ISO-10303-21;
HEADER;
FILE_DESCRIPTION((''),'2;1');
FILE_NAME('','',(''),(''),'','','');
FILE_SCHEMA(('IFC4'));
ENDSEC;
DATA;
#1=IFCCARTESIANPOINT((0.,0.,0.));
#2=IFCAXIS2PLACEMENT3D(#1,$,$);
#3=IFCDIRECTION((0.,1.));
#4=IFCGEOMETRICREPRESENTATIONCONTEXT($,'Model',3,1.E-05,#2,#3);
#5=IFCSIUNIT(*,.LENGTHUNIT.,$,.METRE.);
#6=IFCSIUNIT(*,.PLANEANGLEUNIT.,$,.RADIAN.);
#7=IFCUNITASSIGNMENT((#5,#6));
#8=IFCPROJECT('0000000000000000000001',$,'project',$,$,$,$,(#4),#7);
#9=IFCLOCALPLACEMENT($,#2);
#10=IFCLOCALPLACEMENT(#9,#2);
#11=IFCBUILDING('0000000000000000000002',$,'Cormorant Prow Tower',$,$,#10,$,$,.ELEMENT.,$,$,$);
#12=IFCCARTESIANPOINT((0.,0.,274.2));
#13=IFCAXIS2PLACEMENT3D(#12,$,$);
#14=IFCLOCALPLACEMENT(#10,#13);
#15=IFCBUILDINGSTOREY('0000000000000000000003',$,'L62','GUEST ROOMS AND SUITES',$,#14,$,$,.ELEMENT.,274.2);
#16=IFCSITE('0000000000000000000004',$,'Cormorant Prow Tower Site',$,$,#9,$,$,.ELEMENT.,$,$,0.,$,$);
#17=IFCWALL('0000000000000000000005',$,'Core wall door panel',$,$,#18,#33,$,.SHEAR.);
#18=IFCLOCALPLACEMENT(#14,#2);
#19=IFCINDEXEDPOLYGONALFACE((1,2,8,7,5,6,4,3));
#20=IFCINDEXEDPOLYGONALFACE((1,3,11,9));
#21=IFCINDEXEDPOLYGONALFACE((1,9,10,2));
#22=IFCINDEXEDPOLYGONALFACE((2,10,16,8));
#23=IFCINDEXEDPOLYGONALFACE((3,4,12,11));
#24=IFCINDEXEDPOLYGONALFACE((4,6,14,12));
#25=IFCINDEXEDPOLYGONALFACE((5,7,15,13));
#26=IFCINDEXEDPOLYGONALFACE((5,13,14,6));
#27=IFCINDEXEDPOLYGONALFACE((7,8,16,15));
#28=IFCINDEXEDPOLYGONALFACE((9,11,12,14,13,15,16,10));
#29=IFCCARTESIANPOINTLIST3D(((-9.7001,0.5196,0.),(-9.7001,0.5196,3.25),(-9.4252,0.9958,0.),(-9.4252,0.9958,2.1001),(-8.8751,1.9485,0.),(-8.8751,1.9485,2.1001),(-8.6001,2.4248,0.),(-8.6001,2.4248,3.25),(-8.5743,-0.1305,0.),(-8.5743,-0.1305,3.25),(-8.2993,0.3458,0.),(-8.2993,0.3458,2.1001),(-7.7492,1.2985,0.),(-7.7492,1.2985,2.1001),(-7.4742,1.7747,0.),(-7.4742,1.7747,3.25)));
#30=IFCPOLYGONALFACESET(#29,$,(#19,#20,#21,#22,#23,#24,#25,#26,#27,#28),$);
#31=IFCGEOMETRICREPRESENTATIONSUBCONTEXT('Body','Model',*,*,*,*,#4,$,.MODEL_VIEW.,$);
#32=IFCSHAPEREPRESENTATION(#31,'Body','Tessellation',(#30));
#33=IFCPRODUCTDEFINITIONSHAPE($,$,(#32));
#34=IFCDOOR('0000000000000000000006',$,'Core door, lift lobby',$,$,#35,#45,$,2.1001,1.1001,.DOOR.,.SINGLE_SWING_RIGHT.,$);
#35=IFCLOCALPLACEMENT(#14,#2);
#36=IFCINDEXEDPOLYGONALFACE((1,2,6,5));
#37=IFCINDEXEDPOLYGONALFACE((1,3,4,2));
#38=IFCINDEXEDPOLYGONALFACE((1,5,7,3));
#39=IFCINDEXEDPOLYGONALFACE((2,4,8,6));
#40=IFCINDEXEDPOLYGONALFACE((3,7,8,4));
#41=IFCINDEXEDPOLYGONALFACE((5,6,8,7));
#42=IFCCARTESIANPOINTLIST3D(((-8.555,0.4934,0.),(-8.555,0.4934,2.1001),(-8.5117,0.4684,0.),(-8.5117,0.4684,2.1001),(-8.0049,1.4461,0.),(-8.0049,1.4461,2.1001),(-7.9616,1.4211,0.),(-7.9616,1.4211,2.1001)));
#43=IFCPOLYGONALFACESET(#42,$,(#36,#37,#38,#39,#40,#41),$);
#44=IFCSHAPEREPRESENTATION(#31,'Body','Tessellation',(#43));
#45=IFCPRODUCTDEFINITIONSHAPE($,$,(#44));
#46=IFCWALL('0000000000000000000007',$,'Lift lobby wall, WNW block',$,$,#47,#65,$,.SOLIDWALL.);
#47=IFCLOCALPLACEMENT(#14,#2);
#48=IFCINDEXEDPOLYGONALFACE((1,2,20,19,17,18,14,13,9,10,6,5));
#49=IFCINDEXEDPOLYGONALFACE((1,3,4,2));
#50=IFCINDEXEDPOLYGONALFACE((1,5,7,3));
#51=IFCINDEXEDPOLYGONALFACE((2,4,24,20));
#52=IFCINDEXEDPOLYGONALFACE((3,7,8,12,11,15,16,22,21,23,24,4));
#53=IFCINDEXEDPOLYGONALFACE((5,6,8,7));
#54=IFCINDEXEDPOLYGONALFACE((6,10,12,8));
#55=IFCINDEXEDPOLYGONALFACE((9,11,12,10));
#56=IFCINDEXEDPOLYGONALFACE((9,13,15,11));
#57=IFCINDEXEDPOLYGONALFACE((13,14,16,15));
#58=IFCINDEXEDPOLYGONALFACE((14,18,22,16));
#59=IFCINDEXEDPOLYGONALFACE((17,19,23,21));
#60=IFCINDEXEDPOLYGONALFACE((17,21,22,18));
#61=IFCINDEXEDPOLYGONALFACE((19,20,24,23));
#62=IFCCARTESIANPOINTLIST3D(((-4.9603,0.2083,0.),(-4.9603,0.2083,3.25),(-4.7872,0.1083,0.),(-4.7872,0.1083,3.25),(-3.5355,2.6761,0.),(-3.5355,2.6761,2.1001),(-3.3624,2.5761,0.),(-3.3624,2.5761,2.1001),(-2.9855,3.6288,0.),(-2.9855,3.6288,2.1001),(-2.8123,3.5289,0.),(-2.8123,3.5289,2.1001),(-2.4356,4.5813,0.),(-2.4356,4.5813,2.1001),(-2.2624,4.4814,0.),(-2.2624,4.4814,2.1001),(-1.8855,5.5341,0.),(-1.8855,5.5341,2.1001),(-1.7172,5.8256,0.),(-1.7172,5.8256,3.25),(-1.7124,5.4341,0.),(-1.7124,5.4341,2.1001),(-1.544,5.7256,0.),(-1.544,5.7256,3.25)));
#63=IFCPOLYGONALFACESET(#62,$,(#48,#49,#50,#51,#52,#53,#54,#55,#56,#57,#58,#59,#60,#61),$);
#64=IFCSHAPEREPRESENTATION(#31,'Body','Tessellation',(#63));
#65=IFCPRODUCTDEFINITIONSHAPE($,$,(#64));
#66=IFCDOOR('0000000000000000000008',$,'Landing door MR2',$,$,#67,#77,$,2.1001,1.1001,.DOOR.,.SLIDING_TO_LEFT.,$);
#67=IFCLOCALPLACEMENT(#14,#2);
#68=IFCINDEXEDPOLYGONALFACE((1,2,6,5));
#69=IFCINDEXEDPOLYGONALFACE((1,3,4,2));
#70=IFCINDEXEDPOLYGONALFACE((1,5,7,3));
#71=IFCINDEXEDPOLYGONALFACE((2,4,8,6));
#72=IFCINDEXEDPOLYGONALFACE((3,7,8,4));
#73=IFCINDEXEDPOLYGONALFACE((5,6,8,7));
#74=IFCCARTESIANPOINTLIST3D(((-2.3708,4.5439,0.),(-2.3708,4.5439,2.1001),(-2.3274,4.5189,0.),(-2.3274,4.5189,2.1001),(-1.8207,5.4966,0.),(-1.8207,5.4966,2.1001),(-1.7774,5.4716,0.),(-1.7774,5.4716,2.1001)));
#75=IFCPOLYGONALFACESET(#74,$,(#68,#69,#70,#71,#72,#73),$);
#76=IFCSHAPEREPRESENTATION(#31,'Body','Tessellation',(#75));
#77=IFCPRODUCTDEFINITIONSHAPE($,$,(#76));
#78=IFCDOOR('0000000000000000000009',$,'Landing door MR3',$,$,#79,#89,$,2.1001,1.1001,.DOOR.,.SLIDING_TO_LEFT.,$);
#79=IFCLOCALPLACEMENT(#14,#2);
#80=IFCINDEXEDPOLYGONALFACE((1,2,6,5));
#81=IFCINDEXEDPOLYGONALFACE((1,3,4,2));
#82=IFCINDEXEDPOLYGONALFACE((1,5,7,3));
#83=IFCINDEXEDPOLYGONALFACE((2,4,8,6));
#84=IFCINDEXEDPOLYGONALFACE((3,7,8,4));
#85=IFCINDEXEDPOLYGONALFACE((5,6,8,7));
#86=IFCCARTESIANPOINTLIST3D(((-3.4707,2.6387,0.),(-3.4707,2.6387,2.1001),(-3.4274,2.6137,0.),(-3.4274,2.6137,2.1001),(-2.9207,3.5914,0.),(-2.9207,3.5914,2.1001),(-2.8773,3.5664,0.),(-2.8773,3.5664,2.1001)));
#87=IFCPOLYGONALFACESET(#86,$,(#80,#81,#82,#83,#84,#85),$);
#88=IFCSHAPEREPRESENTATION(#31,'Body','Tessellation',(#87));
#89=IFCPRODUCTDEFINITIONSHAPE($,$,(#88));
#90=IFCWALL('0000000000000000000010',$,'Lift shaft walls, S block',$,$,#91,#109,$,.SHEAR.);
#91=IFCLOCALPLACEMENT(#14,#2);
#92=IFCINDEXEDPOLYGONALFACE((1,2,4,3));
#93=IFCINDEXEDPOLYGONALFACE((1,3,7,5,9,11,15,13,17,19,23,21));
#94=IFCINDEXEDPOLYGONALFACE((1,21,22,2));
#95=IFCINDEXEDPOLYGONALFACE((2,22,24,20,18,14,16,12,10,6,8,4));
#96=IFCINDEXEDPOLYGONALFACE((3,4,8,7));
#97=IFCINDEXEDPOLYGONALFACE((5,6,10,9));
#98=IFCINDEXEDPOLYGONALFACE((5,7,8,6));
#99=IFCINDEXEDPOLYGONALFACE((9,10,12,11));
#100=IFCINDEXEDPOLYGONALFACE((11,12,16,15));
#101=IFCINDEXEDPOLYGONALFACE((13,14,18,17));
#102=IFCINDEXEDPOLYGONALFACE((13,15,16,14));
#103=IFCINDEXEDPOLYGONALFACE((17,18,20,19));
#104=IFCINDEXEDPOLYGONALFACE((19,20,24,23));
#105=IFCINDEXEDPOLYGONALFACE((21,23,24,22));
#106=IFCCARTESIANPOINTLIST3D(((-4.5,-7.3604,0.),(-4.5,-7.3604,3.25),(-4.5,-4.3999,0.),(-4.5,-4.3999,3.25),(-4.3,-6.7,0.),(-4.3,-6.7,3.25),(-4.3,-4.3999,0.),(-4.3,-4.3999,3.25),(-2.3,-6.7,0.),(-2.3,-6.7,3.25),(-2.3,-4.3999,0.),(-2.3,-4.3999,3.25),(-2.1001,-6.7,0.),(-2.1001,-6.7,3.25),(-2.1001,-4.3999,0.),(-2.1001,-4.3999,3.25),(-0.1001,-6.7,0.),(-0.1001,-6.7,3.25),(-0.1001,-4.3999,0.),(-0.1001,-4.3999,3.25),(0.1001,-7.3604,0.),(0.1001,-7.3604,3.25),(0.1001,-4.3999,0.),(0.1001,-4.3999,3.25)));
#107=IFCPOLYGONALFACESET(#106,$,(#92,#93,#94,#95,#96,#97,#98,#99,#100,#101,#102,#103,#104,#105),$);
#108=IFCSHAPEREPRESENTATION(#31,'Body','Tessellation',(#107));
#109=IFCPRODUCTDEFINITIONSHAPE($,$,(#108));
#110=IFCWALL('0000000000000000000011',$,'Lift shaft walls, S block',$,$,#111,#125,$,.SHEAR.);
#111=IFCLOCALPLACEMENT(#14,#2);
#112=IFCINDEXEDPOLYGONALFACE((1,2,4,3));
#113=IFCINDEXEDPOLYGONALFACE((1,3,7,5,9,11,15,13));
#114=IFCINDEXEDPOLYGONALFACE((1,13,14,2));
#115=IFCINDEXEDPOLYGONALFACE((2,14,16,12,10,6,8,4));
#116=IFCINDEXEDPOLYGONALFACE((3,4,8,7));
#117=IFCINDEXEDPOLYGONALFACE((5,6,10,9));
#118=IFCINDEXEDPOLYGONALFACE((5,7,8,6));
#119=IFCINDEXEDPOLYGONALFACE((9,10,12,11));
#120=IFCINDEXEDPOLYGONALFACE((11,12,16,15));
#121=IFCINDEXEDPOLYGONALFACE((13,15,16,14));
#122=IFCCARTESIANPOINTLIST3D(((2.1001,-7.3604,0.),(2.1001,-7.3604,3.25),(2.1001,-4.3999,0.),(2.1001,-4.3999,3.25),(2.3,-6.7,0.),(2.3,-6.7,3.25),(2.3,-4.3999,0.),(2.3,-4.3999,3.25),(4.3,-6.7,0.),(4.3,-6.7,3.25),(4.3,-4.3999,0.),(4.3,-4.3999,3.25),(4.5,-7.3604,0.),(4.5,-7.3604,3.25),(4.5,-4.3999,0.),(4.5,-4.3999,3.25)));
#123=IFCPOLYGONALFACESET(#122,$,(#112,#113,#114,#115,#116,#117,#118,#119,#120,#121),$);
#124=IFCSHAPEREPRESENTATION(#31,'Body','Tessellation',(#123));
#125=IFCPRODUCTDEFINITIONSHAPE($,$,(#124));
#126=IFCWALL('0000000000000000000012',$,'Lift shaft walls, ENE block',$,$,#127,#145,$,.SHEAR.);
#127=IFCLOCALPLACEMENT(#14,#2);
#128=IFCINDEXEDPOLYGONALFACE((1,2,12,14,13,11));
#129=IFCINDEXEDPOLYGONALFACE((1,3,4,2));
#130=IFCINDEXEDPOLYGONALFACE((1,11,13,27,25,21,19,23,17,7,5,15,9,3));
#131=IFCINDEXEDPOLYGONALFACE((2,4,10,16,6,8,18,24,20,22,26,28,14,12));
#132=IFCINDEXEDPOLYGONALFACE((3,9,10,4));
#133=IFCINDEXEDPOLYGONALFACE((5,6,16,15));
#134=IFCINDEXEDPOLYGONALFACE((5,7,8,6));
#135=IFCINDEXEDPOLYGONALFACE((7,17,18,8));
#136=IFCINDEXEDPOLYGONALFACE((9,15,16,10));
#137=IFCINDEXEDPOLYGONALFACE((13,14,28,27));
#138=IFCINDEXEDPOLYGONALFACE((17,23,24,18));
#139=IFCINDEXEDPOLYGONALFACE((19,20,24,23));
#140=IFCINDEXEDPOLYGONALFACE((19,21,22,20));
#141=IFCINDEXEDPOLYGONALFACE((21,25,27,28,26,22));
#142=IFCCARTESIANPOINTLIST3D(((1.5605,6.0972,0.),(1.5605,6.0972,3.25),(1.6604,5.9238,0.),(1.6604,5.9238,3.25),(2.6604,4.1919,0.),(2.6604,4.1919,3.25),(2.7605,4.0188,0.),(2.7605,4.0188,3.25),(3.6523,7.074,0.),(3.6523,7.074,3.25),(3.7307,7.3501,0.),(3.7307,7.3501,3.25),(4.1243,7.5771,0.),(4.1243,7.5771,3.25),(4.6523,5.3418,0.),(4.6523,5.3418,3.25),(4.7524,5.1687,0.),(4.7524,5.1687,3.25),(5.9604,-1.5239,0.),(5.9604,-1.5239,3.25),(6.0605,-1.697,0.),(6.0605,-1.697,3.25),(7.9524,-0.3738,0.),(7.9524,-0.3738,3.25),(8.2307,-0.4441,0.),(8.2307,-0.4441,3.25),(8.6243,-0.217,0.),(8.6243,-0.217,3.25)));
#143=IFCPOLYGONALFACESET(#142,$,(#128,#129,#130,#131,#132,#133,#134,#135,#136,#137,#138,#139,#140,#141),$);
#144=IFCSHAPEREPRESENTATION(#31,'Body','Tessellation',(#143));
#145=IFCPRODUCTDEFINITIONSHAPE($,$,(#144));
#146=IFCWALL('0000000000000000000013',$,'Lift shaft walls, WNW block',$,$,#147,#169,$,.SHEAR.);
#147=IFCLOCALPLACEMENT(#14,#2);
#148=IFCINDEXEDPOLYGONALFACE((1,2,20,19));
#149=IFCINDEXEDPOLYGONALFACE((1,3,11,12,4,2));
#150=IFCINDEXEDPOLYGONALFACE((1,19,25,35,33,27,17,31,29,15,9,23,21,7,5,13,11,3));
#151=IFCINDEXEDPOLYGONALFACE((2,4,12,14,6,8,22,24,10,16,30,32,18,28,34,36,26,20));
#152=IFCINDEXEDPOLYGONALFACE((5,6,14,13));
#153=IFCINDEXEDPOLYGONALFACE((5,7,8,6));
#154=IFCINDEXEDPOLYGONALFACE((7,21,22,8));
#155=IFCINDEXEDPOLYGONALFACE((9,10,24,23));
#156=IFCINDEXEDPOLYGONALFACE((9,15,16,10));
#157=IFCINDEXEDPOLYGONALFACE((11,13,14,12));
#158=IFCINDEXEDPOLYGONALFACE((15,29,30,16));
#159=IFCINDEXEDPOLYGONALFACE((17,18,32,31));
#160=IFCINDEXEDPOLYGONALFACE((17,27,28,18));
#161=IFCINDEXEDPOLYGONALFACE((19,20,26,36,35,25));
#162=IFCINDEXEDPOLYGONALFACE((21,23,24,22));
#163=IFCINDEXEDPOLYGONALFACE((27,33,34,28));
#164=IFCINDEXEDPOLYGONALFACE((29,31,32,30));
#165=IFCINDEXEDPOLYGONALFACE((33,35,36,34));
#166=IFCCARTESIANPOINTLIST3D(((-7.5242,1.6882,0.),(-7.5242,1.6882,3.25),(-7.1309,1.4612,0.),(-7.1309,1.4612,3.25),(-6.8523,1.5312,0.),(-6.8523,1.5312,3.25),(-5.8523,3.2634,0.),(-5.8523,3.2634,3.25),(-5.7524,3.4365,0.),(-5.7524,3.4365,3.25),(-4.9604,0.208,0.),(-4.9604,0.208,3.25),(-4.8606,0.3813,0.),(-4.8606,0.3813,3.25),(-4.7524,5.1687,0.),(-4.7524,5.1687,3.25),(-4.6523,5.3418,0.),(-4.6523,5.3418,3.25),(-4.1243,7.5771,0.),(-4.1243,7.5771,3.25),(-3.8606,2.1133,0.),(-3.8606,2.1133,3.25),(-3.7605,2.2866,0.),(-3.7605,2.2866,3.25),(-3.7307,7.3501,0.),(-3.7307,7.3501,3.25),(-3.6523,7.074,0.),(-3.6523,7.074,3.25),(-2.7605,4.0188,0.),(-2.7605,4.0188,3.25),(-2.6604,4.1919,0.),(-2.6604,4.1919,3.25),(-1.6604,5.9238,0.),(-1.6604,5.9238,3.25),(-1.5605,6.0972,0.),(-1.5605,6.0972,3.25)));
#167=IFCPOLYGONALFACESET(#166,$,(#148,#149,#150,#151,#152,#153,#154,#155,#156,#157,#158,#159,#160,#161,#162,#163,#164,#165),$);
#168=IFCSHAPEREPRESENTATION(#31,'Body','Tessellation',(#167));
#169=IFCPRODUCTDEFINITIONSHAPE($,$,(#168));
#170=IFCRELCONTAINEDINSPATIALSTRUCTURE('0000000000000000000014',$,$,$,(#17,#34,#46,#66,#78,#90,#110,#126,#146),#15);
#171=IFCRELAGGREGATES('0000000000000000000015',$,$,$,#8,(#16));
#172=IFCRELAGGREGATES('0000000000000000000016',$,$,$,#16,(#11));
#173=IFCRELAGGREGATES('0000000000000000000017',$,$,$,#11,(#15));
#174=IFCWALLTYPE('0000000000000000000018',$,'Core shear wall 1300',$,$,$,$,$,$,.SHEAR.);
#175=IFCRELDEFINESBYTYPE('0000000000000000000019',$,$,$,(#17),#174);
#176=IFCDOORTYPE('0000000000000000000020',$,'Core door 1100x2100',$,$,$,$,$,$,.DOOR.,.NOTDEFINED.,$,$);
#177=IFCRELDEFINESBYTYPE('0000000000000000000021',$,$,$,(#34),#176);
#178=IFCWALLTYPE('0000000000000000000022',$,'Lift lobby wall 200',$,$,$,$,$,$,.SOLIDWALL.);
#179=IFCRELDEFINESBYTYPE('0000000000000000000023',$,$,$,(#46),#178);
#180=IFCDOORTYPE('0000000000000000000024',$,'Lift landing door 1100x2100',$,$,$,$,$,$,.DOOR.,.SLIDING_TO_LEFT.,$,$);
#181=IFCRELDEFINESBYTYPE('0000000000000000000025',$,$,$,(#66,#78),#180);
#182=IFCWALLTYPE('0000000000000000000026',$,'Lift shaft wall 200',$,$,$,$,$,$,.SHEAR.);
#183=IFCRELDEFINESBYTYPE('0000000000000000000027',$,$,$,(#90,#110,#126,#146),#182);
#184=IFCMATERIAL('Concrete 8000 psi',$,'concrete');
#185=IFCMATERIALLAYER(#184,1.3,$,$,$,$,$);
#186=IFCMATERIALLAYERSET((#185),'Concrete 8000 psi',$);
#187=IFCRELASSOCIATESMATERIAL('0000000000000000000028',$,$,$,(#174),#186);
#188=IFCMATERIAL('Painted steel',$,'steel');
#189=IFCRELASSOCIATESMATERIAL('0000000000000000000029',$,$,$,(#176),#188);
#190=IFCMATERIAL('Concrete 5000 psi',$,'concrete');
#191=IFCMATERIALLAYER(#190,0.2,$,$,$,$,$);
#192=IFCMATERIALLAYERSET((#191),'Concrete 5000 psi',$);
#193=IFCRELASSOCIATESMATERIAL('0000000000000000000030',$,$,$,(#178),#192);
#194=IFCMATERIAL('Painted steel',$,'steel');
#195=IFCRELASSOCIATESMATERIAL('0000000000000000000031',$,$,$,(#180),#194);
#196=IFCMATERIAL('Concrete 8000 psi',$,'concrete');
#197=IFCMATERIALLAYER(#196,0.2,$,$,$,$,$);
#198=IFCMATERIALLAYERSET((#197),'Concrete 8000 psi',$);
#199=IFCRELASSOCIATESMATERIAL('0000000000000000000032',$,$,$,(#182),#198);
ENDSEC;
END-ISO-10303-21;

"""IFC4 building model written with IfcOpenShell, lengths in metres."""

from ifc_helpers import new_model, si_unit, direction, frame, frame_2d, origin, place, context, subcontext, project, spatial, polyline, rectangle, outline, extrude, material, layer, layer_set, type_object, element, fill, save


model = new_model("IFC4")

# Units and contexts
model_context = context("Model", 3, precision=1e-05, world=origin(), true_north=direction((0.0, 1.0)))
body_context = subcontext(model_context, "Body", "Model", "MODEL_VIEW")
ifc_project = project(units=[si_unit("LENGTHUNIT", "METRE"), si_unit("PLANEANGLEUNIT", "RADIAN")], contexts=[model_context])

# Site, building, storey
site_placement = place(None, origin())
site = spatial("IfcSite", under=ifc_project, at=site_placement, Name="Cormorant Prow Tower Site", CompositionType="ELEMENT", RefElevation=0.0)
building_placement = place(site_placement, origin())
building = spatial("IfcBuilding", under=site, at=building_placement, Name="Cormorant Prow Tower", CompositionType="ELEMENT")
storey_placement = place(building_placement, frame((0.0, 0.0, 274.2)))
storey = spatial("IfcBuildingStorey", under=building, at=storey_placement, Name="L62", Description="GUEST ROOMS AND SUITES", CompositionType="ELEMENT", Elevation=274.2)

# Shared definitions
ifc_material_1 = material(Name="Concrete 8000 psi", Category="concrete")
ifc_layer_1 = layer(ifc_material_1, 1.3)
ifc_layer_set_1 = layer_set([ifc_layer_1], Name="Concrete 8000 psi")
wall_type_1 = type_object("IfcWallType", Name="Core shear wall 1300", PredefinedType="SHEAR", material=ifc_layer_set_1)

# Wall, opening, door
wall_1_placement = place(storey_placement, frame((-8.0371, 2.0999, 0.0), z_axis=(0.0, 0.0, 1.0), x_axis=(-0.50003, -0.866008, 0.0)))
wall_1 = element("IfcWall", 1, at=wall_1_placement, inside=storey, type_object=wall_type_1, Name="Core wall door panel", PredefinedType="SHEAR", context=body_context, shape_type="SweptSolid", body=[
    extrude(rectangle(XDim=2.2, YDim=1.3, at=frame_2d((1.1001, 0.0))), origin(), (0.0, 0.0, 1.0), 3.25),
])
opening_1_placement = place(wall_1_placement, frame((0.55, 0.0, 0.0)))
opening_1 = element("IfcOpeningElement", 2, at=opening_1_placement, cuts=wall_1, PredefinedType="OPENING", context=body_context, shape_type="SweptSolid", body=[
    extrude(rectangle(XDim=1.1001, YDim=2.1001, at=frame_2d((0.55, 1.05))), frame((0.0, 0.6599, 0.0), z_axis=(0.0, -1.0, 0.0), x_axis=(1.0, 0.0, 0.0)), (0.0, 0.0, 1.0), 1.3201),
])
ifc_material_2 = material(Name="Painted steel", Category="steel")
door_type_1 = type_object("IfcDoorType", Name="Core door 1100x2100", OperationType="NOTDEFINED", PredefinedType="DOOR", material=ifc_material_2)
door_1_placement = place(opening_1_placement, origin())
door_1 = element("IfcDoor", 3, at=door_1_placement, inside=storey, type_object=door_type_1, Name="Core door, lift lobby", OperationType="SINGLE_SWING_RIGHT", OverallHeight=2.1001, OverallWidth=1.1001, PredefinedType="DOOR", context=body_context, shape_type="SweptSolid", body=[
    extrude(rectangle(XDim=1.1001, YDim=2.1001, at=frame_2d((0.55, 1.05))), frame((0.0, 0.4048, 0.0), z_axis=(0.0, -1.0, 0.0), x_axis=(1.0, 0.0, 0.0)), (0.0, 0.0, 1.0), 0.05),
])
fill(opening_1, door_1)

# Wall, openings, doors
ifc_material_3 = material(Name="Concrete 5000 psi", Category="concrete")
ifc_layer_2 = layer(ifc_material_3, 0.2)
ifc_layer_set_2 = layer_set([ifc_layer_2], Name="Concrete 5000 psi")
wall_type_2 = type_object("IfcWallType", Name="Lift lobby wall 200", PredefinedType="SOLIDWALL", material=ifc_layer_set_2)
wall_2_placement = place(storey_placement, frame((-1.6306, 5.7756, 0.0), z_axis=(0.0, 0.0, 1.0), x_axis=(-0.499993, -0.86603, 0.0)))
wall_2 = element("IfcWall", 4, at=wall_2_placement, inside=storey, type_object=wall_type_2, Name="Lift lobby wall, WNW block", PredefinedType="SOLIDWALL", context=body_context, shape_type="SweptSolid", body=[
    extrude(rectangle(XDim=6.4863, YDim=0.2, at=frame_2d((3.2432, 0.0))), origin(), (0.0, 0.0, 1.0), 3.25),
])
opening_2_placement = place(wall_2_placement, frame((0.3367, 0.0, 0.0)))
opening_2 = element("IfcOpeningElement", 5, at=opening_2_placement, cuts=wall_2, PredefinedType="OPENING", context=body_context, shape_type="SweptSolid", body=[
    extrude(rectangle(XDim=1.1001, YDim=2.1001, at=frame_2d((0.55, 1.05))), frame((0.0, 0.1099, 0.0), z_axis=(0.0, -1.0, 0.0), x_axis=(1.0, 0.0, 0.0)), (0.0, 0.0, 1.0), 0.22),
])
opening_3_placement = place(wall_2_placement, frame((2.5366, 0.0, 0.0)))
opening_3 = element("IfcOpeningElement", 6, at=opening_3_placement, cuts=wall_2, PredefinedType="OPENING", context=body_context, shape_type="SweptSolid", body=[
    extrude(rectangle(XDim=1.1001, YDim=2.1001, at=frame_2d((0.55, 1.05))), frame((0.0, 0.1099, 0.0), z_axis=(0.0, -1.0, 0.0), x_axis=(1.0, 0.0, 0.0)), (0.0, 0.0, 1.0), 0.22),
])
ifc_material_4 = material(Name="Painted steel", Category="steel")
door_type_2 = type_object("IfcDoorType", Name="Lift landing door 1100x2100", OperationType="SLIDING_TO_LEFT", PredefinedType="DOOR", material=ifc_material_4)
door_2_placement = place(opening_2_placement, origin())
door_2 = element("IfcDoor", 7, at=door_2_placement, inside=storey, type_object=door_type_2, Name="Landing door MR2", OperationType="SLIDING_TO_LEFT", OverallHeight=2.1001, OverallWidth=1.1001, PredefinedType="DOOR", context=body_context, shape_type="SweptSolid", body=[
    extrude(rectangle(XDim=1.1001, YDim=2.1001, at=frame_2d((0.55, 1.05))), frame((0.0, 0.0249, 0.0), z_axis=(0.0, -1.0, 0.0), x_axis=(1.0, 0.0, 0.0)), (0.0, 0.0, 1.0), 0.05),
])
fill(opening_2, door_2)
door_3_placement = place(opening_3_placement, origin())
door_3 = element("IfcDoor", 8, at=door_3_placement, inside=storey, type_object=door_type_2, Name="Landing door MR3", OperationType="SLIDING_TO_LEFT", OverallHeight=2.1001, OverallWidth=1.1001, PredefinedType="DOOR", context=body_context, shape_type="SweptSolid", body=[
    extrude(rectangle(XDim=1.1001, YDim=2.1001, at=frame_2d((0.55, 1.05))), frame((0.0, 0.0249, 0.0), z_axis=(0.0, -1.0, 0.0), x_axis=(1.0, 0.0, 0.0)), (0.0, 0.0, 1.0), 0.05),
])
fill(opening_3, door_3)

# Walls
ifc_material_5 = material(Name="Concrete 8000 psi", Category="concrete")
ifc_layer_3 = layer(ifc_material_5, 0.2)
ifc_layer_set_3 = layer_set([ifc_layer_3], Name="Concrete 8000 psi")
wall_type_3 = type_object("IfcWallType", Name="Lift shaft wall 200", PredefinedType="SHEAR", material=ifc_layer_set_3)
wall_3_placement = place(storey_placement, origin())
element("IfcWall", 9, at=wall_3_placement, inside=storey, type_object=wall_type_3, Name="Lift shaft walls, S block", PredefinedType="SHEAR", context=body_context, shape_type="SweptSolid", body=[
    extrude(outline(polyline([(0.1001, -7.3604), (-4.5, -7.3604), (-4.5, -4.3999), (-4.3, -4.3999), (-4.3, -6.7), (-2.3, -6.7), (-2.3, -4.3999), (-2.1001, -4.3999), (-2.1001, -6.7), (-0.1001, -6.7), (-0.1001, -4.3999), (0.1001, -4.3999), (0.1001, -7.3604)])), origin(), (0.0, 0.0, 1.0), 3.25),
])
wall_4_placement = place(storey_placement, origin())
element("IfcWall", 10, at=wall_4_placement, inside=storey, type_object=wall_type_3, Name="Lift shaft walls, S block", PredefinedType="SHEAR", context=body_context, shape_type="SweptSolid", body=[
    extrude(outline(polyline([(2.1001, -7.3604), (2.1001, -4.3999), (2.3, -4.3999), (2.3, -6.7), (4.3, -6.7), (4.3, -4.3999), (4.5, -4.3999), (4.5, -7.3604), (2.1001, -7.3604)])), origin(), (0.0, 0.0, 1.0), 3.25),
])
wall_5_placement = place(storey_placement, origin())
element("IfcWall", 11, at=wall_5_placement, inside=storey, type_object=wall_type_3, Name="Lift shaft walls, ENE block", PredefinedType="SHEAR", context=body_context, shape_type="SweptSolid", body=[
    extrude(outline(polyline([(4.1243, 7.5771), (8.6243, -0.217), (8.2307, -0.4441), (6.0605, -1.697), (5.9604, -1.5239), (7.9524, -0.3738), (4.7524, 5.1687), (2.7605, 4.0188), (2.6604, 4.1919), (4.6523, 5.3418), (3.6523, 7.074), (1.6604, 5.9238), (1.5605, 6.0972), (3.7307, 7.3501), (4.1243, 7.5771)])), origin(), (0.0, 0.0, 1.0), 3.25),
])
wall_6_placement = place(storey_placement, origin())
element("IfcWall", 12, at=wall_6_placement, inside=storey, type_object=wall_type_3, Name="Lift shaft walls, WNW block", PredefinedType="SHEAR", context=body_context, shape_type="SweptSolid", body=[
    extrude(outline(polyline([(-7.5242, 1.6882), (-4.1243, 7.5771), (-3.7307, 7.3501), (-1.5605, 6.0972), (-1.6604, 5.9238), (-3.6523, 7.074), (-4.6523, 5.3418), (-2.6604, 4.1919), (-2.7605, 4.0188), (-4.7524, 5.1687), (-5.7524, 3.4365), (-3.7605, 2.2866), (-3.8606, 2.1133), (-5.8523, 3.2634), (-6.8523, 1.5312), (-4.8606, 0.3813), (-4.9604, 0.208), (-7.1309, 1.4612), (-7.5242, 1.6882)])), origin(), (0.0, 0.0, 1.0), 3.25),
])

save(model, "model.ifc")
